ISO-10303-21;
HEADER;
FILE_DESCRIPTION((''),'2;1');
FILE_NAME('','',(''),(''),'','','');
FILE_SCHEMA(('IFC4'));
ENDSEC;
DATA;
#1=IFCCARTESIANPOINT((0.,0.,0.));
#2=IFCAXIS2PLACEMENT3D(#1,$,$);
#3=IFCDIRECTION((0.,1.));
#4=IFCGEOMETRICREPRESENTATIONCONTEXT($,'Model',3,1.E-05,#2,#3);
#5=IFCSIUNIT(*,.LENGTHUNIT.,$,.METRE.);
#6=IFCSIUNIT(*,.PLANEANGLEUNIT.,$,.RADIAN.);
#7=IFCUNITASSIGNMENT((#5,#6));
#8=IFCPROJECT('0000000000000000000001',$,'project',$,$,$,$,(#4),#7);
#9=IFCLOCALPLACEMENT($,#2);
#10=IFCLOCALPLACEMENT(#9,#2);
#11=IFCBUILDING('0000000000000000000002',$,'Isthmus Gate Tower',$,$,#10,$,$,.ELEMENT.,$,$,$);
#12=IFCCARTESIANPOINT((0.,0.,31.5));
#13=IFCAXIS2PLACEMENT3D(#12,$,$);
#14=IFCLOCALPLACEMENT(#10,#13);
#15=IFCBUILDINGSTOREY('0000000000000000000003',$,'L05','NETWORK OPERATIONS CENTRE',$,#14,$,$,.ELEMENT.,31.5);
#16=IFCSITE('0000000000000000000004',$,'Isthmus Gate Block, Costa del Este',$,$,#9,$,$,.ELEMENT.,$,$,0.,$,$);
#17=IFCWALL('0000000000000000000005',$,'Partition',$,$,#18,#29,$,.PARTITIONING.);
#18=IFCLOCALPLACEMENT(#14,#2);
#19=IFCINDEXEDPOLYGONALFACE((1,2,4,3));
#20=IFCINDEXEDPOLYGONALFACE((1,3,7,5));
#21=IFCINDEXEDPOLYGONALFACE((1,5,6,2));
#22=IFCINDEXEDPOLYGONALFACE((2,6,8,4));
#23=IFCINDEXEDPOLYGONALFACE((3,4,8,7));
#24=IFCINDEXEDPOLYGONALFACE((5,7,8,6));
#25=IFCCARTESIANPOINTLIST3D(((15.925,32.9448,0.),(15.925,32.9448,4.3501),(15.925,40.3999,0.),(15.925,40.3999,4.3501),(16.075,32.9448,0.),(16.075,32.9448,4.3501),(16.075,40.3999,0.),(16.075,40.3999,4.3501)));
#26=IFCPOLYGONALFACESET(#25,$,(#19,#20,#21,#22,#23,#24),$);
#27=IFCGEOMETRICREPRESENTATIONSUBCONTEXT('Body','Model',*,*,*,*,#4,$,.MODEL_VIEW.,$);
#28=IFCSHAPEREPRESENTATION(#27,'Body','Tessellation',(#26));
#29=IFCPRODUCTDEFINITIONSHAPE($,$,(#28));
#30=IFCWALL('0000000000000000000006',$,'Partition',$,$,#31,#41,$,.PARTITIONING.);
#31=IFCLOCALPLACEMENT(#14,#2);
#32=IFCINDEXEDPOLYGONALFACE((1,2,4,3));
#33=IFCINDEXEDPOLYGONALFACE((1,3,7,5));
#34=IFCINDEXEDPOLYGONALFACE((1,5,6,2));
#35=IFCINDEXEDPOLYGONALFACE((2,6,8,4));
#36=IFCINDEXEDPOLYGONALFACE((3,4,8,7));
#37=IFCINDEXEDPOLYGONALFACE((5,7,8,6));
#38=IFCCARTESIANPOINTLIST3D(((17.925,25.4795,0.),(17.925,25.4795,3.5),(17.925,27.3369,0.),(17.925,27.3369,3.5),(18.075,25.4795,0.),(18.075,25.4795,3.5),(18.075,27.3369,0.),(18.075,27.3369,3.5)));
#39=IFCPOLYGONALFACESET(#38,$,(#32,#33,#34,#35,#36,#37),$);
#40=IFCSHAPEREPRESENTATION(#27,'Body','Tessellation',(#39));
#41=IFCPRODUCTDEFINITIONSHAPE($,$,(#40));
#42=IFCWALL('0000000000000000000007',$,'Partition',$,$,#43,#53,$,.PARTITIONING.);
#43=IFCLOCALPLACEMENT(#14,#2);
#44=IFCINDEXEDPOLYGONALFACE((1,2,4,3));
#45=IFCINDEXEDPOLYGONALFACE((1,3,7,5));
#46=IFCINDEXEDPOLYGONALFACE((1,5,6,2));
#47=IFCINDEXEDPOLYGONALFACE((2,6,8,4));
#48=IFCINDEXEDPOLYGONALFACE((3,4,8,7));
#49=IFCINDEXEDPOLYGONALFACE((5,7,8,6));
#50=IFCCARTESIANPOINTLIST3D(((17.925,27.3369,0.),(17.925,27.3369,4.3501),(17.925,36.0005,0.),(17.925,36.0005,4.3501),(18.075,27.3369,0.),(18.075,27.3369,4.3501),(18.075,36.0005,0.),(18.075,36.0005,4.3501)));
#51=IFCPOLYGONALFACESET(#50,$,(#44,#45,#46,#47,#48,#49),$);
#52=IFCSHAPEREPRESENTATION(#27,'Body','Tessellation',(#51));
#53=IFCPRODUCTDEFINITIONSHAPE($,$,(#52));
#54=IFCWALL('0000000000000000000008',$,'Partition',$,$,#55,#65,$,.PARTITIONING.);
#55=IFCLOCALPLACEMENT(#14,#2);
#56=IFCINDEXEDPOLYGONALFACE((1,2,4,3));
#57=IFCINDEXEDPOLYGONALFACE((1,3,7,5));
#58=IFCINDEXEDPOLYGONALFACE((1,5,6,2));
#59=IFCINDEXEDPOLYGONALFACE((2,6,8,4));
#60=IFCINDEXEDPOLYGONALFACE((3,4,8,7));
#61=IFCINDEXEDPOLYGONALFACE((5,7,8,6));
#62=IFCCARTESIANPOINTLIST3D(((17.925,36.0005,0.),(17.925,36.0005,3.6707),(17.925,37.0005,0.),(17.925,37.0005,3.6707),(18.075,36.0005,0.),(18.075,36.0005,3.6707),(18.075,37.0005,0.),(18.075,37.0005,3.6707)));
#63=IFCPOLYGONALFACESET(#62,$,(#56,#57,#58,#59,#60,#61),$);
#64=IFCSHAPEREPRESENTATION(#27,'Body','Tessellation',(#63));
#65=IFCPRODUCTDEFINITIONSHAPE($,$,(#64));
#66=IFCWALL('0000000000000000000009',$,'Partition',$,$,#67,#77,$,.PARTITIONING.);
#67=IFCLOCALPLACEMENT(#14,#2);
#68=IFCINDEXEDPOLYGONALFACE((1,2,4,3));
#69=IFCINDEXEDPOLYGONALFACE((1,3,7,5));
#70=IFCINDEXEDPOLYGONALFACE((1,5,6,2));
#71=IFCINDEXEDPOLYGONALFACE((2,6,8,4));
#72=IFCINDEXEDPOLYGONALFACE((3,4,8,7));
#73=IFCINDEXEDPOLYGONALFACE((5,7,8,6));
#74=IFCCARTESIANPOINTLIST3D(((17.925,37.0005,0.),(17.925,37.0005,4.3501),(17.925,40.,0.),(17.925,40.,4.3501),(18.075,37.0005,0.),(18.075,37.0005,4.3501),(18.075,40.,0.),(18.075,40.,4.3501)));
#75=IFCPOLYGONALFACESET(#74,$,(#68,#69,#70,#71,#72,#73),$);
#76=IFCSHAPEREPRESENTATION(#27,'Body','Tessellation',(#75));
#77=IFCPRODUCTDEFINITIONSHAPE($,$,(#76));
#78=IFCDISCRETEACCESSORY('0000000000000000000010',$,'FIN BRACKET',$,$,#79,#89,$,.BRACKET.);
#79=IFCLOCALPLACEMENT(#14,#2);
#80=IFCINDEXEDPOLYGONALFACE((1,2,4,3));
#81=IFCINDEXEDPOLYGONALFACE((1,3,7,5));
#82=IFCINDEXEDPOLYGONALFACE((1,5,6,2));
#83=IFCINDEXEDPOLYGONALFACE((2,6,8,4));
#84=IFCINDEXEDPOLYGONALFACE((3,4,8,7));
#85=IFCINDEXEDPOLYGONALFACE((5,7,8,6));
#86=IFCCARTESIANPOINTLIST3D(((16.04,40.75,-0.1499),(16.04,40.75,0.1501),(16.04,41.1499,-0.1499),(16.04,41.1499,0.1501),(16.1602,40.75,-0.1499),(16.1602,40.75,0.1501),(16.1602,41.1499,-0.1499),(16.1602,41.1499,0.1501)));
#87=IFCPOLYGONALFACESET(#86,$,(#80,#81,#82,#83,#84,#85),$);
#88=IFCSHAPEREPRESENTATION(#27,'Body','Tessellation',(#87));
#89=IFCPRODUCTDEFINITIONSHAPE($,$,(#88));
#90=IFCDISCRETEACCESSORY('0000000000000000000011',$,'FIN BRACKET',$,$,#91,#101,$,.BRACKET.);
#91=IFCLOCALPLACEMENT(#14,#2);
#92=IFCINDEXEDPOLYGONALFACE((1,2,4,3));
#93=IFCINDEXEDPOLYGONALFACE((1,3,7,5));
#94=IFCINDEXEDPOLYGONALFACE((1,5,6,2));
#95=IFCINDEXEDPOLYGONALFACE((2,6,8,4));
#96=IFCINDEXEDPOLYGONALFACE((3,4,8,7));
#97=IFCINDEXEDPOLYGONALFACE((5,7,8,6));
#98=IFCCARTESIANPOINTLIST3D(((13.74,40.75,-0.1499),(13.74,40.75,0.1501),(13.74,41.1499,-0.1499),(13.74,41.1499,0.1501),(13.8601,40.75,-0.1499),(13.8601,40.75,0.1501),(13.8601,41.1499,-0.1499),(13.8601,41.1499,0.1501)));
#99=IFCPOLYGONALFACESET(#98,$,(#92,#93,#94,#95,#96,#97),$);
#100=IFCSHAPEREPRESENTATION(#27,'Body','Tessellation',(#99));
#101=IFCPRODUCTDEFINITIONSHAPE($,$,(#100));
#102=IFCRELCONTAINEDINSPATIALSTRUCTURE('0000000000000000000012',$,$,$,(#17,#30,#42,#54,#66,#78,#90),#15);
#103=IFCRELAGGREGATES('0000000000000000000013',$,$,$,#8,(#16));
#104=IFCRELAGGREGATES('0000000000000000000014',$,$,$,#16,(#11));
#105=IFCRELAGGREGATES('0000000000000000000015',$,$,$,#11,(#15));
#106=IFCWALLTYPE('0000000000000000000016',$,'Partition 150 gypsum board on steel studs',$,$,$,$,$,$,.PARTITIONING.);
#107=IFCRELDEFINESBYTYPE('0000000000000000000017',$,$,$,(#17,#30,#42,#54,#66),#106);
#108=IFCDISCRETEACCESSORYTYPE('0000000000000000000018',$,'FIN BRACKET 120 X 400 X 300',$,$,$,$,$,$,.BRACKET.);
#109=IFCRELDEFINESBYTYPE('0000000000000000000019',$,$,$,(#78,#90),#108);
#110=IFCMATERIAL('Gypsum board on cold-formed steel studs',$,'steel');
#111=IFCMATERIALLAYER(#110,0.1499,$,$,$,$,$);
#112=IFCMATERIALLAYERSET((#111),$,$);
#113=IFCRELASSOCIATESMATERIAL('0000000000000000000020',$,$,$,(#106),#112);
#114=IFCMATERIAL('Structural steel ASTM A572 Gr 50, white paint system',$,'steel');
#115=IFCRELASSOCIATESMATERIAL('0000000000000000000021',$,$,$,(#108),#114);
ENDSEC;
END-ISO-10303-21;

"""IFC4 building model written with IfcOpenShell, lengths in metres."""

from ifc_helpers import new_model, si_unit, direction, frame, frame_2d, origin, origin_2d, place, context, subcontext, project, spatial, rectangle, extrude, material, layer, layer_set, type_object, element, save


model = new_model("IFC4")

# Units and contexts
model_context = context("Model", 3, precision=1e-05, world=origin(), true_north=direction((0.0, 1.0)))
body_context = subcontext(model_context, "Body", "Model", "MODEL_VIEW")
ifc_project = project(units=[si_unit("LENGTHUNIT", "METRE"), si_unit("PLANEANGLEUNIT", "RADIAN")], contexts=[model_context])

# Site, building, storey
site_placement = place(None, origin())
site = spatial("IfcSite", under=ifc_project, at=site_placement, Name="Isthmus Gate Block, Costa del Este", CompositionType="ELEMENT", RefElevation=0.0)
building_placement = place(site_placement, origin())
building = spatial("IfcBuilding", under=site, at=building_placement, Name="Isthmus Gate Tower", CompositionType="ELEMENT")
storey_placement = place(building_placement, frame((0.0, 0.0, 31.5)))
storey = spatial("IfcBuildingStorey", under=building, at=storey_placement, Name="L05", Description="NETWORK OPERATIONS CENTRE", CompositionType="ELEMENT", Elevation=31.5)

# Walls
ifc_material_1 = material(Name="Gypsum board on cold-formed steel studs", Category="steel")
ifc_layer_1 = layer(ifc_material_1, 0.1499)
ifc_layer_set_1 = layer_set([ifc_layer_1])
wall_type_1 = type_object("IfcWallType", Name="Partition 150 gypsum board on steel studs", PredefinedType="PARTITIONING", material=ifc_layer_set_1)
wall_1_placement = place(storey_placement, frame((16.0, 32.9448, 0.0), z_axis=(0.0, 0.0, 1.0), x_axis=(0.0, 1.0, 0.0)))
element("IfcWall", 1, at=wall_1_placement, inside=storey, type_object=wall_type_1, Name="Partition", PredefinedType="PARTITIONING", context=body_context, shape_type="SweptSolid", body=[
    extrude(rectangle(XDim=7.4551, YDim=0.1499, at=frame_2d((3.7275, 0.0))), origin(), (0.0, 0.0, 1.0), 4.3501),
])
wall_2_placement = place(storey_placement, frame((18.0, 25.4795, 0.0), z_axis=(0.0, 0.0, 1.0), x_axis=(0.0, 1.0, 0.0)))
element("IfcWall", 2, at=wall_2_placement, inside=storey, type_object=wall_type_1, Name="Partition", PredefinedType="PARTITIONING", context=body_context, shape_type="SweptSolid", body=[
    extrude(rectangle(XDim=1.8574, YDim=0.1499, at=frame_2d((0.9287, 0.0))), origin(), (0.0, 0.0, 1.0), 3.5),
])
wall_3_placement = place(storey_placement, frame((18.0, 27.3369, 0.0), z_axis=(0.0, 0.0, 1.0), x_axis=(0.0, 1.0, 0.0)))
element("IfcWall", 3, at=wall_3_placement, inside=storey, type_object=wall_type_1, Name="Partition", PredefinedType="PARTITIONING", context=body_context, shape_type="SweptSolid", body=[
    extrude(rectangle(XDim=8.6636, YDim=0.1499, at=frame_2d((4.3318, 0.0))), origin(), (0.0, 0.0, 1.0), 4.3501),
])
wall_4_placement = place(storey_placement, frame((18.0, 36.0005, 0.0), z_axis=(0.0, 0.0, 1.0), x_axis=(0.0, 1.0, 0.0)))
element("IfcWall", 4, at=wall_4_placement, inside=storey, type_object=wall_type_1, Name="Partition", PredefinedType="PARTITIONING", context=body_context, shape_type="SweptSolid", body=[
    extrude(rectangle(XDim=1.0, YDim=0.1499, at=frame_2d((0.5, 0.0))), origin(), (0.0, 0.0, 1.0), 3.6707),
])
wall_5_placement = place(storey_placement, frame((18.0, 37.0005, 0.0), z_axis=(0.0, 0.0, 1.0), x_axis=(0.0, 1.0, 0.0)))
element("IfcWall", 5, at=wall_5_placement, inside=storey, type_object=wall_type_1, Name="Partition", PredefinedType="PARTITIONING", context=body_context, shape_type="SweptSolid", body=[
    extrude(rectangle(XDim=2.9995, YDim=0.1499, at=frame_2d((1.4998, 0.0))), origin(), (0.0, 0.0, 1.0), 4.3501),
])

# Discrete accessories
ifc_material_2 = material(Name="Structural steel ASTM A572 Gr 50, white paint system", Category="steel")
discrete_accessory_type = type_object("IfcDiscreteAccessoryType", Name="FIN BRACKET 120 X 400 X 300", PredefinedType="BRACKET", material=ifc_material_2)
for number, where, z_axis, x_axis, name in (
    (6, (16.1001, 40.95, -0.1499), (0.0, 0.0, 1.0), (0.0, 1.0, 0.0), "FIN BRACKET"),
    (7, (13.8, 40.95, -0.1499), (0.0, 0.0, 1.0), (0.0, 1.0, 0.0), "FIN BRACKET"),
):
    element("IfcDiscreteAccessory", number, at=place(storey_placement, frame(where, z_axis=z_axis, x_axis=x_axis)), inside=storey, type_object=discrete_accessory_type, Name=name, PredefinedType="BRACKET", context=body_context, shape_type="SweptSolid", body=[
        extrude(rectangle(XDim=0.3999, YDim=0.1201, at=origin_2d()), origin(), (0.0, 0.0, 1.0), 0.3),
    ])

save(model, "model.ifc")
